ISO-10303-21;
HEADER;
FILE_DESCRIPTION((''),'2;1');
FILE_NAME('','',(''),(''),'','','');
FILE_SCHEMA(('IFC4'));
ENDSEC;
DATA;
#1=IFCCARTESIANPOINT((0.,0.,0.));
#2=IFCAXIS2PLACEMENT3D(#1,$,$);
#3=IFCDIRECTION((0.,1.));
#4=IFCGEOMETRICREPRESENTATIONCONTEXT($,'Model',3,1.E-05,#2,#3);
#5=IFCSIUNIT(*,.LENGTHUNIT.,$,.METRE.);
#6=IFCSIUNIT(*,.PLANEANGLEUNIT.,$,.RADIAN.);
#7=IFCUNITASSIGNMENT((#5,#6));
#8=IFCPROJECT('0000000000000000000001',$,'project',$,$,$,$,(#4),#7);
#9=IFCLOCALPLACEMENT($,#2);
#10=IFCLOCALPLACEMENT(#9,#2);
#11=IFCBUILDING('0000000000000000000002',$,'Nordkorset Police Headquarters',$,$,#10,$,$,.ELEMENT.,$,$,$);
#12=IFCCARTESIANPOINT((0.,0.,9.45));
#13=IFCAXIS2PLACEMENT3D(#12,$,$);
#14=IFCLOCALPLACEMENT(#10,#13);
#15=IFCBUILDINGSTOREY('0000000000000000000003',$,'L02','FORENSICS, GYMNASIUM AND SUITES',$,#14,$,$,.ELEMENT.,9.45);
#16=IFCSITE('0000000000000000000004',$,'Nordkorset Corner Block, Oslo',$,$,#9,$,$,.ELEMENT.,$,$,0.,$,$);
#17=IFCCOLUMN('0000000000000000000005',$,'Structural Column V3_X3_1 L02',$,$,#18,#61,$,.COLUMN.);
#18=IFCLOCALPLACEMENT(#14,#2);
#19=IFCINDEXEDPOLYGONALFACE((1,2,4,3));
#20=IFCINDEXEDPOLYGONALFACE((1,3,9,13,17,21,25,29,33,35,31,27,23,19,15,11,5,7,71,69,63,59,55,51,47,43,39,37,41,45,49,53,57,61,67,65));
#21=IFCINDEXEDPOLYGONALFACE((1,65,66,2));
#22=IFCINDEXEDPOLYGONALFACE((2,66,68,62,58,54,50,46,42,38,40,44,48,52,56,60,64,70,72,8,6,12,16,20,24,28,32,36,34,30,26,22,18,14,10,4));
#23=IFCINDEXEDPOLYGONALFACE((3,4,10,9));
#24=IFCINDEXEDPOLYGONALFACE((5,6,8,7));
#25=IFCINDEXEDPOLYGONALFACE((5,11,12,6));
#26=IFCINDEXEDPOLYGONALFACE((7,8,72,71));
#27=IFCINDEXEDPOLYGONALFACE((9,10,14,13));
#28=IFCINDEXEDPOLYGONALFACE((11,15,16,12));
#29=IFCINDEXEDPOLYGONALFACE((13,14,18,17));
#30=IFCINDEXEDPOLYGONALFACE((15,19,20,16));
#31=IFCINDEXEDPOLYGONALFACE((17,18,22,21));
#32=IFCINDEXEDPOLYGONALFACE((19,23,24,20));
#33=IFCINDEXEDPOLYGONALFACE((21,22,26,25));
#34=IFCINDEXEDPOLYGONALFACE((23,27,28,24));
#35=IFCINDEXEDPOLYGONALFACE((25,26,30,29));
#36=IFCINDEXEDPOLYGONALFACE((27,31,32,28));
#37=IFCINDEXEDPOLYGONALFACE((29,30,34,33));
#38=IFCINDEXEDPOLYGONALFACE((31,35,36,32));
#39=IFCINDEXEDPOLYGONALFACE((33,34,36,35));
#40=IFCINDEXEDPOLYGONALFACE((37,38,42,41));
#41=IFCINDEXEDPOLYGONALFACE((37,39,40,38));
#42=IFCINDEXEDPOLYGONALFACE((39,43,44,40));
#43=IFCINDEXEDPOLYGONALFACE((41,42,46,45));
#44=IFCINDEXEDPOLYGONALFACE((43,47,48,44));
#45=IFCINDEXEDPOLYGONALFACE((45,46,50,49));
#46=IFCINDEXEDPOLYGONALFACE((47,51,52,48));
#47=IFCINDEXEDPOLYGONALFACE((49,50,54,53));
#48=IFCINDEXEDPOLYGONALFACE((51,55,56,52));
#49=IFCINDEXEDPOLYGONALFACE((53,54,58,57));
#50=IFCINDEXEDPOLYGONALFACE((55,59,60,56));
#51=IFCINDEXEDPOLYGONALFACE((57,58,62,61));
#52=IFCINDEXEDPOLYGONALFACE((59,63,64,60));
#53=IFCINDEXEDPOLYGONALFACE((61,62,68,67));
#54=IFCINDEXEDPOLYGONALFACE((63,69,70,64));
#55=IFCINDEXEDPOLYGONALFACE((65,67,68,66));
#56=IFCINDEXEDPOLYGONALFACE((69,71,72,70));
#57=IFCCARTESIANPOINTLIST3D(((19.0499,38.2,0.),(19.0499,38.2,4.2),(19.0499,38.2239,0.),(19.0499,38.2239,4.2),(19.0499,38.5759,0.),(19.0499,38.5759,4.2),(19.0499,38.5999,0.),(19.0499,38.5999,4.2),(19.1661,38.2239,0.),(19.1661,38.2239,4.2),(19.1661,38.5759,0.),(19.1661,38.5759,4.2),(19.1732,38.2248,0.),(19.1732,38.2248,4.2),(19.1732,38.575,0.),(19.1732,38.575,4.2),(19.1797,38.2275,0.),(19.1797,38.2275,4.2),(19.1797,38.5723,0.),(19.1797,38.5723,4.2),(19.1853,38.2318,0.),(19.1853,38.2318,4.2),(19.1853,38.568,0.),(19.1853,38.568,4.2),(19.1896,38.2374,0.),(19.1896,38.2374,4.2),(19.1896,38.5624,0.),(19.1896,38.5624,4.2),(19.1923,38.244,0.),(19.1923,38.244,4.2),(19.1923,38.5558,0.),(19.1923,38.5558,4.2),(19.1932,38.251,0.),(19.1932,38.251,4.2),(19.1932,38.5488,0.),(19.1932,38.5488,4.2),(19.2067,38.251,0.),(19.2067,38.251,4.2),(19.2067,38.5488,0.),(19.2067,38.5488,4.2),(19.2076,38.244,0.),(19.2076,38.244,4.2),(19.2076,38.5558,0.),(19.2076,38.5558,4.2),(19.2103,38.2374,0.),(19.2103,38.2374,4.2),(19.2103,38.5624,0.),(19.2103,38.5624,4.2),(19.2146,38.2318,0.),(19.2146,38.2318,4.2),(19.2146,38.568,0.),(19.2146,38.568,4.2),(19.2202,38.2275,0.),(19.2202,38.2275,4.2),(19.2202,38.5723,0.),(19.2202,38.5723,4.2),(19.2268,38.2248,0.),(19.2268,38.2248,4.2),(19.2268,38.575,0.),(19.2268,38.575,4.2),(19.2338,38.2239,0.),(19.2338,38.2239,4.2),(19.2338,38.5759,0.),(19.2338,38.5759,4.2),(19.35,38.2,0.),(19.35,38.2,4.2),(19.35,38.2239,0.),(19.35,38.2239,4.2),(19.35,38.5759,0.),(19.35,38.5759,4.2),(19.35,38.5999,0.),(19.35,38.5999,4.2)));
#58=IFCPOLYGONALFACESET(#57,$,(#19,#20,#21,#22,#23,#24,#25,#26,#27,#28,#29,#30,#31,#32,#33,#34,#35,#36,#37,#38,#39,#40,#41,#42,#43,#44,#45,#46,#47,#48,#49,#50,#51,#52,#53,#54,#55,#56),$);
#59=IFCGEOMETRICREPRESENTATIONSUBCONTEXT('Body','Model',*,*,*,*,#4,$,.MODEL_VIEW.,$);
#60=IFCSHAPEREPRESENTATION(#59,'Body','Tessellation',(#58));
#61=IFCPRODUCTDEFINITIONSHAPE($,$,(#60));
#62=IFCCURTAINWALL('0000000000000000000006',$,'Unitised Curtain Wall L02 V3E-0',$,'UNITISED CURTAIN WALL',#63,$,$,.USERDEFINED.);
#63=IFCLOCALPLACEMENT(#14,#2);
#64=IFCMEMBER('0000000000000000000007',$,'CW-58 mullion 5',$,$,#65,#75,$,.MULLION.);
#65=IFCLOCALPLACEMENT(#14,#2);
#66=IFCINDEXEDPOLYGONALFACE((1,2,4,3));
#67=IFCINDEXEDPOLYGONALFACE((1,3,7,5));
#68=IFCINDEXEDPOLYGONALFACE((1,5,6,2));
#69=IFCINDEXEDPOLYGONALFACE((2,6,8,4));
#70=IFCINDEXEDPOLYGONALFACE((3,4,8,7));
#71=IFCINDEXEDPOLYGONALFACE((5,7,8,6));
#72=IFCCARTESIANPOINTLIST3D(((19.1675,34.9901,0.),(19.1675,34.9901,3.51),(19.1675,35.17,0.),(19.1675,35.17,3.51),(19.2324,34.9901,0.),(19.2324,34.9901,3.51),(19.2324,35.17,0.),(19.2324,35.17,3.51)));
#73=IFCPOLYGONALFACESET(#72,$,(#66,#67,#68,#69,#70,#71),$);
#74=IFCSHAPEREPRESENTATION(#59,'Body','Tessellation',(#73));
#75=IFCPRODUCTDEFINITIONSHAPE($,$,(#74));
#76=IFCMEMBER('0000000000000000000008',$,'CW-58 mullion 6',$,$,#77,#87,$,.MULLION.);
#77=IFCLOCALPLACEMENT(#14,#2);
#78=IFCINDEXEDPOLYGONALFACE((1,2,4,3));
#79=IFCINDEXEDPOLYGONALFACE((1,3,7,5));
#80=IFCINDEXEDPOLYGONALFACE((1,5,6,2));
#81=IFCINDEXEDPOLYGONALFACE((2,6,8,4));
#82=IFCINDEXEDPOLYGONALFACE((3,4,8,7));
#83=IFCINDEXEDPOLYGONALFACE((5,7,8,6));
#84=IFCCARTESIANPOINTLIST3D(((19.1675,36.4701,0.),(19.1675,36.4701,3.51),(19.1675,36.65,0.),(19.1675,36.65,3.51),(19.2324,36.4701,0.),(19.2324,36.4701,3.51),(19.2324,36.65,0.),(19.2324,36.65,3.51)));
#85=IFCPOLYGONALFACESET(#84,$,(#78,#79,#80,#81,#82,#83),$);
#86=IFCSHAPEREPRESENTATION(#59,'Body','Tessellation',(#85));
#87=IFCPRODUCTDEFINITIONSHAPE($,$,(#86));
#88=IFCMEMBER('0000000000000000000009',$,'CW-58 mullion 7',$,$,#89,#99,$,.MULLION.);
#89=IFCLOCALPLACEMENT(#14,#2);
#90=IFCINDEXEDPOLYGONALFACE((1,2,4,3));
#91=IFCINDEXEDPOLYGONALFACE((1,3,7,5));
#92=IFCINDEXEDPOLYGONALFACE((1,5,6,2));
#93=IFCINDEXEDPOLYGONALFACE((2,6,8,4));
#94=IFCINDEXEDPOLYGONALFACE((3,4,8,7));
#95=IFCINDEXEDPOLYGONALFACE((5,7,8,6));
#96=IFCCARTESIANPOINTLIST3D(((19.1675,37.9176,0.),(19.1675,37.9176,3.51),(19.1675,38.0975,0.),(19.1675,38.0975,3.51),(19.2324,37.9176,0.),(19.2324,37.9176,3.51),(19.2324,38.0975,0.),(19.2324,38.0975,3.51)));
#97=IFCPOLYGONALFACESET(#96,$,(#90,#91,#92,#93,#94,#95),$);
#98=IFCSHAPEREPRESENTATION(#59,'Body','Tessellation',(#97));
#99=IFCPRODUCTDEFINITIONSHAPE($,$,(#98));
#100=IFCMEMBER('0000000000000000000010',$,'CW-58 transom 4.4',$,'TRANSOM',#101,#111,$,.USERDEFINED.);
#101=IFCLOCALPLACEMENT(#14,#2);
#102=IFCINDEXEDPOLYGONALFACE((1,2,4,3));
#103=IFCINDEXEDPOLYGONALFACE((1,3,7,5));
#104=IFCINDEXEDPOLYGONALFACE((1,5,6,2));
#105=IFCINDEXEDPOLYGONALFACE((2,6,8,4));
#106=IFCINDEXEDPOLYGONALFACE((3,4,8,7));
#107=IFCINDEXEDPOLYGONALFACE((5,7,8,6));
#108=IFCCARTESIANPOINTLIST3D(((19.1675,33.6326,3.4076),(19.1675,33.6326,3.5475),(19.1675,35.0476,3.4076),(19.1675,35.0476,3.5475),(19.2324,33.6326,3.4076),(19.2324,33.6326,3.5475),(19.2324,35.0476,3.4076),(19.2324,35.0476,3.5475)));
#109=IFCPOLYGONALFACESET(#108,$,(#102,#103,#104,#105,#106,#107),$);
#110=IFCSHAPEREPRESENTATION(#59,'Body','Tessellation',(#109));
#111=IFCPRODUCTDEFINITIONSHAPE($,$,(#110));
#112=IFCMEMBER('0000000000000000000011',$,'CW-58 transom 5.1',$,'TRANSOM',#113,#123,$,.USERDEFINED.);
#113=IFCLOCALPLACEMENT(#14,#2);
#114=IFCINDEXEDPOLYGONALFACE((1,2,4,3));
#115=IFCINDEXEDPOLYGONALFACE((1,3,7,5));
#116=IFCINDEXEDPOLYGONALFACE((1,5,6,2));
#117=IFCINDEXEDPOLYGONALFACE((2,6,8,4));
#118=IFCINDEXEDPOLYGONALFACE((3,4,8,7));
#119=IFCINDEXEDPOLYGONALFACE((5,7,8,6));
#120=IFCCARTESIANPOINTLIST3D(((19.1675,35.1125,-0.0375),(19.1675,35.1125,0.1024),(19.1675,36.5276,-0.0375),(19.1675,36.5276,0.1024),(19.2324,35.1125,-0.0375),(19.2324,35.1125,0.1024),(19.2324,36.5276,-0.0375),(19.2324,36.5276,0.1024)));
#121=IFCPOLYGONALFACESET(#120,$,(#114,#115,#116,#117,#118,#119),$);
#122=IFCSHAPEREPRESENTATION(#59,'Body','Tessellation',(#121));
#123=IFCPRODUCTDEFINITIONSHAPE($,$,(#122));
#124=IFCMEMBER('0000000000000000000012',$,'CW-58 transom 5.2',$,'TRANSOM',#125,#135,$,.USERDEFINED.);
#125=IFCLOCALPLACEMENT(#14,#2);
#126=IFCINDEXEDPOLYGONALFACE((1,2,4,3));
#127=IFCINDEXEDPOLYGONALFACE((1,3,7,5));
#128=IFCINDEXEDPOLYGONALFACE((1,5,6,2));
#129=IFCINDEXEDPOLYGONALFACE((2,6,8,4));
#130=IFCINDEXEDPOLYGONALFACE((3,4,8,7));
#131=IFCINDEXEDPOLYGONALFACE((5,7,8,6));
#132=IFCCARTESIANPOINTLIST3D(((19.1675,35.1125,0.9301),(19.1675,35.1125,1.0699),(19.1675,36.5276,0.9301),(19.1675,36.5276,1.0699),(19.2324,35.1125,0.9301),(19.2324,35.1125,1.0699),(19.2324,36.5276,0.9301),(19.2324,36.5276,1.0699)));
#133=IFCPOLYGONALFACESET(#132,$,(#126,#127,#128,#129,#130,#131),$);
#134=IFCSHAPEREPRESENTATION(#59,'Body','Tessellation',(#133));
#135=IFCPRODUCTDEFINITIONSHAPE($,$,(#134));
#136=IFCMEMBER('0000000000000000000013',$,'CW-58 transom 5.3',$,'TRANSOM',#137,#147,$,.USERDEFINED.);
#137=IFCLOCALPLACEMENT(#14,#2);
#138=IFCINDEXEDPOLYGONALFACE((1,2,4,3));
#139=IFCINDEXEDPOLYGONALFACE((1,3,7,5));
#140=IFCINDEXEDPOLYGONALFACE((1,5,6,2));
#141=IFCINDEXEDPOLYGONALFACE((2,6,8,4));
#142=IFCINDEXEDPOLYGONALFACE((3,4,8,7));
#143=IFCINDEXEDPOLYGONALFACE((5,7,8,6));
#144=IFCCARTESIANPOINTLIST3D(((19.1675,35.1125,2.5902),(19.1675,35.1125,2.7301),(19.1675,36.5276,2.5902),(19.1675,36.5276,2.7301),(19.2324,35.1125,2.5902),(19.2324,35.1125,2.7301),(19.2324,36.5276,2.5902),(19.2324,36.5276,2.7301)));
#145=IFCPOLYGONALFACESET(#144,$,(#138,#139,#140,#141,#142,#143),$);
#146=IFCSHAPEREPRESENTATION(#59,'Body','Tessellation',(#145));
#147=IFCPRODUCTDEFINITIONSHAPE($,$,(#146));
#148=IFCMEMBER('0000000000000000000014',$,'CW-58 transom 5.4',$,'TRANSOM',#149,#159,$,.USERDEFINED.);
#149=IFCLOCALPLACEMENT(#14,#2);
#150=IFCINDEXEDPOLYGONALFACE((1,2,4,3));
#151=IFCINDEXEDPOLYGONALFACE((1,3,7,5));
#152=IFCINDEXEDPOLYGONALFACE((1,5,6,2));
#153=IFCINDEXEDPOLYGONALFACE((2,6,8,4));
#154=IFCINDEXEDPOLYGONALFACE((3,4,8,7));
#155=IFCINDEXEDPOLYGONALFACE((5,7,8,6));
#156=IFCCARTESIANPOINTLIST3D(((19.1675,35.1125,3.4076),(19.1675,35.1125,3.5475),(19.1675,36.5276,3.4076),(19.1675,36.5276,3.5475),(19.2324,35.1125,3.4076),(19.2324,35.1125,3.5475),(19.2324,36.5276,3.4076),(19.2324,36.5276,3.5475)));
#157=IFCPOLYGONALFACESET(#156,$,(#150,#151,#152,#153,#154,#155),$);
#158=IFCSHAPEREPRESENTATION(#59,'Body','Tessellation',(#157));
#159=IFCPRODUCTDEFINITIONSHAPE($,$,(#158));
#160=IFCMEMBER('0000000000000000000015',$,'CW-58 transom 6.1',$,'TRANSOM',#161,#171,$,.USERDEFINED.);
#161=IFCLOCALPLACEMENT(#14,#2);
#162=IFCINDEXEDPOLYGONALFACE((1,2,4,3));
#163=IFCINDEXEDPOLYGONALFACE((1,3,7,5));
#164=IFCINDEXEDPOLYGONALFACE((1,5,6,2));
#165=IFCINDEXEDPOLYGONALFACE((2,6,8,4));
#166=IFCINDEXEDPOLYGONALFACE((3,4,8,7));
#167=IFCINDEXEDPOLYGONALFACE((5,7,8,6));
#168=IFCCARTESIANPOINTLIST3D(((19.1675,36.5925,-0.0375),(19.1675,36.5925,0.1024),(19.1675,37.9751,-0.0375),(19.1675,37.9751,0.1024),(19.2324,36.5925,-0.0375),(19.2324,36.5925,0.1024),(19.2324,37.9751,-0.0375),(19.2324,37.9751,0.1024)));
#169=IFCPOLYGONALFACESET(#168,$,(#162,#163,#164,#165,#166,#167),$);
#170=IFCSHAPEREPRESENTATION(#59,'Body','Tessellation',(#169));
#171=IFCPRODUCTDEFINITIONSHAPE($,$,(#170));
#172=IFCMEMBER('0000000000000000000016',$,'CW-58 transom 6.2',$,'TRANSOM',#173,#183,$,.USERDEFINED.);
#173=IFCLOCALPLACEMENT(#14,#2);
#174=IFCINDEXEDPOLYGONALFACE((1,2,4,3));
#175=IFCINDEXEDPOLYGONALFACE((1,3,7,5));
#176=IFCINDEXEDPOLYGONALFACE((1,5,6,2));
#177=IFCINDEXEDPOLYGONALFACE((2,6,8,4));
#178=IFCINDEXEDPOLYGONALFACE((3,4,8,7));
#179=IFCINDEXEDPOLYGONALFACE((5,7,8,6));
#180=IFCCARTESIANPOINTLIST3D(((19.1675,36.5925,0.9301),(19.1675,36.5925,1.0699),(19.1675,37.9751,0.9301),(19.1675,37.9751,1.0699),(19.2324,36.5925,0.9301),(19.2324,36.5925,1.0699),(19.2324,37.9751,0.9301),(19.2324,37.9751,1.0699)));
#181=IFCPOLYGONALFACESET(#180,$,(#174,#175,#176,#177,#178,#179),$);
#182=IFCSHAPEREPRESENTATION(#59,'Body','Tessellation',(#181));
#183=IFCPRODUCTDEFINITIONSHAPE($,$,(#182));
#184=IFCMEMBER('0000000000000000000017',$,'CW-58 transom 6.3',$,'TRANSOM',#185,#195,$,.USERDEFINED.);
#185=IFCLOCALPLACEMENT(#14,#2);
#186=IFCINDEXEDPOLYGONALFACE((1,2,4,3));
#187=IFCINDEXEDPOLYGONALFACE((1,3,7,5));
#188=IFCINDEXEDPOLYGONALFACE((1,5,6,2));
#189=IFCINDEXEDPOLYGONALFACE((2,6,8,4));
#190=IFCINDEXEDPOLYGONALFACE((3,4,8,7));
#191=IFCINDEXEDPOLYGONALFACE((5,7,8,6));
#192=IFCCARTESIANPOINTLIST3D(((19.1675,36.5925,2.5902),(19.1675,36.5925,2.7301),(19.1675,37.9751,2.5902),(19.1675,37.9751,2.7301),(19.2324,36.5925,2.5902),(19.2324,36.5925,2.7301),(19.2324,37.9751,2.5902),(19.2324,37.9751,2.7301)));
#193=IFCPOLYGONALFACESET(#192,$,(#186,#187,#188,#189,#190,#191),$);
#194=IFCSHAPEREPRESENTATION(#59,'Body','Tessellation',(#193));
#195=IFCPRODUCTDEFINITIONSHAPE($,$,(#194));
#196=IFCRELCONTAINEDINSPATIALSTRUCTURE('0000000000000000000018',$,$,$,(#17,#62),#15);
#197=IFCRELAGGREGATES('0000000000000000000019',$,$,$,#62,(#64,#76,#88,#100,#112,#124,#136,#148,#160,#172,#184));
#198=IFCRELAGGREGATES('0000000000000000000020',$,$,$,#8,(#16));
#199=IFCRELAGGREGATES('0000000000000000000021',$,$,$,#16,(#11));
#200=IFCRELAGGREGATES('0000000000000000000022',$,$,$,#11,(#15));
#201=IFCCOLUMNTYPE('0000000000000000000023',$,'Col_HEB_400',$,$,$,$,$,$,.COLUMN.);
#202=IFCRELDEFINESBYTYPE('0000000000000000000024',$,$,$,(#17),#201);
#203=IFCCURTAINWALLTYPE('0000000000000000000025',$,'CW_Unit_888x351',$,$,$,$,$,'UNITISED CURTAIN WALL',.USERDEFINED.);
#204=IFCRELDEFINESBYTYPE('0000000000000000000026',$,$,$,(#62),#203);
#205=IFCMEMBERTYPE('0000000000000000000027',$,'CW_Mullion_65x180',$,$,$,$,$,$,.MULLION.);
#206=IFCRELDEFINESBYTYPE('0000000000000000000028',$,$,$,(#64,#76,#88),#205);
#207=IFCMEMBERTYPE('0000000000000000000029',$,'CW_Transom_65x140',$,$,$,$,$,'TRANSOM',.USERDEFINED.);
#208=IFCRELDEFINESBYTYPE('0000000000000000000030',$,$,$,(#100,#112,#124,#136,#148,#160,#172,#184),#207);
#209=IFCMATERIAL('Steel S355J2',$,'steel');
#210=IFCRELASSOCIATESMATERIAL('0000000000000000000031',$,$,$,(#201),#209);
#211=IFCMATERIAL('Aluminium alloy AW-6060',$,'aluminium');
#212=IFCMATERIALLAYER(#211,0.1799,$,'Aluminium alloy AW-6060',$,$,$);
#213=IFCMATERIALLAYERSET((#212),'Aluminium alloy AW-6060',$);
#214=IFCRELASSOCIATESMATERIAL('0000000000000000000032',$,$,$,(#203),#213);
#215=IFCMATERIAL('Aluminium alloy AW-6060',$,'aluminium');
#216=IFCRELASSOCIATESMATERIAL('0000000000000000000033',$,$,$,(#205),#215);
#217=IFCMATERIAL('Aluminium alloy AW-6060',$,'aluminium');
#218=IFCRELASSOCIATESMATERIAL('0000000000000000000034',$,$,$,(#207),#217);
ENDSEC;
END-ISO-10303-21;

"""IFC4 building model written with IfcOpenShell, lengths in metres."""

from ifc_helpers import new_model, si_unit, direction, frame, origin, origin_2d, place, context, subcontext, project, spatial, rectangle, i_section, extrude, material, layer, layer_set, material_profile, profile_set, type_object, element, aggregate, save


model = new_model("IFC4")

# Units and contexts
model_context = context("Model", 3, precision=1e-05, world=origin(), true_north=direction((0.0, 1.0)))
body_context = subcontext(model_context, "Body", "Model", "MODEL_VIEW")
ifc_project = project(units=[si_unit("LENGTHUNIT", "METRE"), si_unit("PLANEANGLEUNIT", "RADIAN")], contexts=[model_context])

# Site, building, storey
site_placement = place(None, origin())
site = spatial("IfcSite", under=ifc_project, at=site_placement, Name="Nordkorset Corner Block, Oslo", CompositionType="ELEMENT", RefElevation=0.0)
building_placement = place(site_placement, origin())
building = spatial("IfcBuilding", under=site, at=building_placement, Name="Nordkorset Police Headquarters", CompositionType="ELEMENT")
storey_placement = place(building_placement, frame((0.0, 0.0, 9.45)))
storey = spatial("IfcBuildingStorey", under=building, at=storey_placement, Name="L02", Description="FORENSICS, GYMNASIUM AND SUITES", CompositionType="ELEMENT", Elevation=9.45)

# Column
ifc_material_1 = material(Name="Steel S355J2", Category="steel")
ifc_material_profile_1 = material_profile(ifc_material_1, i_section(OverallWidth=0.3, OverallDepth=0.3999, WebThickness=0.0134, FlangeThickness=0.0239, FilletRadius=0.0271, at=origin_2d()), Name="HEB 400")
ifc_profile_set_1 = profile_set([ifc_material_profile_1], Name="Steel S355J2")
column_type = type_object("IfcColumnType", Name="Col_HEB_400", PredefinedType="COLUMN", material=ifc_profile_set_1)
column_placement = place(storey_placement, frame((19.2, 38.3999, 0.0), z_axis=(0.0, 0.0, 1.0), x_axis=(1.0, 0.0, 0.0)))
element("IfcColumn", 1, at=column_placement, inside=storey, type_object=column_type, Name="Structural Column V3_X3_1 L02", PredefinedType="COLUMN", context=body_context, shape_type="SweptSolid", body=[
    extrude(i_section(OverallWidth=0.3, OverallDepth=0.3999, WebThickness=0.0134, FlangeThickness=0.0239, FilletRadius=0.0271, at=origin_2d()), origin(), (0.0, 0.0, 1.0), 4.2),
])

# Curtain wall, members
ifc_material_2 = material(Name="Aluminium alloy AW-6060", Category="aluminium")
ifc_layer_1 = layer(ifc_material_2, 0.1799, Name="Aluminium alloy AW-6060")
ifc_layer_set_1 = layer_set([ifc_layer_1], Name="Aluminium alloy AW-6060")
curtain_wall_type = type_object("IfcCurtainWallType", Name="CW_Unit_888x351", ElementType="UNITISED CURTAIN WALL", PredefinedType="USERDEFINED", material=ifc_layer_set_1)
curtain_wall_placement = place(storey_placement, origin())
curtain_wall = element("IfcCurtainWall", 2, at=curtain_wall_placement, inside=storey, type_object=curtain_wall_type, Name="Unitised Curtain Wall L02 V3E-0", ObjectType="UNITISED CURTAIN WALL", PredefinedType="USERDEFINED")
ifc_material_3 = material(Name="Aluminium alloy AW-6060", Category="aluminium")
ifc_material_profile_2 = material_profile(ifc_material_3, rectangle(XDim=0.0649, YDim=0.1799, at=origin_2d()), Name="ALU MULL 65x180")
ifc_profile_set_2 = profile_set([ifc_material_profile_2], Name="Aluminium alloy AW-6060")
member_type_1 = type_object("IfcMemberType", Name="CW_Mullion_65x180", PredefinedType="MULLION", material=ifc_profile_set_2)
member_1_placement = place(storey_placement, frame((19.2, 35.0801, 0.0), z_axis=(0.0, 0.0, 1.0), x_axis=(-1.0, 0.0, 0.0)))
member_1 = element("IfcMember", 3, at=member_1_placement, type_object=member_type_1, Name="CW-58 mullion 5", PredefinedType="MULLION", context=body_context, shape_type="SweptSolid", body=[
    extrude(rectangle(XDim=0.0649, YDim=0.1799, at=origin_2d()), origin(), (0.0, 0.0, 1.0), 3.51),
])
member_2_placement = place(storey_placement, frame((19.2, 36.5601, 0.0), z_axis=(0.0, 0.0, 1.0), x_axis=(-1.0, 0.0, 0.0)))
member_2 = element("IfcMember", 4, at=member_2_placement, type_object=member_type_1, Name="CW-58 mullion 6", PredefinedType="MULLION", context=body_context, shape_type="SweptSolid", body=[
    extrude(rectangle(XDim=0.0649, YDim=0.1799, at=origin_2d()), origin(), (0.0, 0.0, 1.0), 3.51),
])
member_3_placement = place(storey_placement, frame((19.2, 38.0076, 0.0), z_axis=(0.0, 0.0, 1.0), x_axis=(-1.0, 0.0, 0.0)))
member_3 = element("IfcMember", 5, at=member_3_placement, type_object=member_type_1, Name="CW-58 mullion 7", PredefinedType="MULLION", context=body_context, shape_type="SweptSolid", body=[
    extrude(rectangle(XDim=0.0649, YDim=0.1799, at=origin_2d()), origin(), (0.0, 0.0, 1.0), 3.51),
])
ifc_material_4 = material(Name="Aluminium alloy AW-6060", Category="aluminium")
ifc_material_profile_3 = material_profile(ifc_material_4, rectangle(XDim=0.0649, YDim=0.1399, at=origin_2d()), Name="ALU TRAN 65x140")
ifc_profile_set_3 = profile_set([ifc_material_profile_3], Name="Aluminium alloy AW-6060")
member_type_2 = type_object("IfcMemberType", Name="CW_Transom_65x140", ElementType="TRANSOM", PredefinedType="USERDEFINED", material=ifc_profile_set_3)
member_4_placement = place(storey_placement, frame((19.2, 33.6326, 3.4775), z_axis=(0.0, 1.0, 0.0), x_axis=(-1.0, 0.0, 0.0)))
member_4 = element("IfcMember", 6, at=member_4_placement, type_object=member_type_2, Name="CW-58 transom 4.4", ObjectType="TRANSOM", PredefinedType="USERDEFINED", context=body_context, shape_type="SweptSolid", body=[
    extrude(rectangle(XDim=0.0649, YDim=0.1399, at=origin_2d()), origin(), (0.0, 0.0, 1.0), 1.415),
])
member_5_placement = place(storey_placement, frame((19.2, 35.1125, 0.0325), z_axis=(0.0, 1.0, 0.0), x_axis=(-1.0, 0.0, 0.0)))
member_5 = element("IfcMember", 7, at=member_5_placement, type_object=member_type_2, Name="CW-58 transom 5.1", ObjectType="TRANSOM", PredefinedType="USERDEFINED", context=body_context, shape_type="SweptSolid", body=[
    extrude(rectangle(XDim=0.0649, YDim=0.1399, at=origin_2d()), origin(), (0.0, 0.0, 1.0), 1.415),
])
member_6_placement = place(storey_placement, frame((19.2, 35.1125, 1.0), z_axis=(0.0, 1.0, 0.0), x_axis=(-1.0, 0.0, 0.0)))
member_6 = element("IfcMember", 8, at=member_6_placement, type_object=member_type_2, Name="CW-58 transom 5.2", ObjectType="TRANSOM", PredefinedType="USERDEFINED", context=body_context, shape_type="SweptSolid", body=[
    extrude(rectangle(XDim=0.0649, YDim=0.1399, at=origin_2d()), origin(), (0.0, 0.0, 1.0), 1.415),
])
member_7_placement = place(storey_placement, frame((19.2, 35.1125, 2.6602), z_axis=(0.0, 1.0, 0.0), x_axis=(-1.0, 0.0, 0.0)))
member_7 = element("IfcMember", 9, at=member_7_placement, type_object=member_type_2, Name="CW-58 transom 5.3", ObjectType="TRANSOM", PredefinedType="USERDEFINED", context=body_context, shape_type="SweptSolid", body=[
    extrude(rectangle(XDim=0.0649, YDim=0.1399, at=origin_2d()), origin(), (0.0, 0.0, 1.0), 1.415),
])
member_8_placement = place(storey_placement, frame((19.2, 35.1125, 3.4775), z_axis=(0.0, 1.0, 0.0), x_axis=(-1.0, 0.0, 0.0)))
member_8 = element("IfcMember", 10, at=member_8_placement, type_object=member_type_2, Name="CW-58 transom 5.4", ObjectType="TRANSOM", PredefinedType="USERDEFINED", context=body_context, shape_type="SweptSolid", body=[
    extrude(rectangle(XDim=0.0649, YDim=0.1399, at=origin_2d()), origin(), (0.0, 0.0, 1.0), 1.415),
])
member_9_placement = place(storey_placement, frame((19.2, 36.5925, 0.0325), z_axis=(0.0, 1.0, 0.0), x_axis=(-1.0, 0.0, 0.0)))
member_9 = element("IfcMember", 11, at=member_9_placement, type_object=member_type_2, Name="CW-58 transom 6.1", ObjectType="TRANSOM", PredefinedType="USERDEFINED", context=body_context, shape_type="SweptSolid", body=[
    extrude(rectangle(XDim=0.0649, YDim=0.1399, at=origin_2d()), origin(), (0.0, 0.0, 1.0), 1.3826),
])
member_10_placement = place(storey_placement, frame((19.2, 36.5925, 1.0), z_axis=(0.0, 1.0, 0.0), x_axis=(-1.0, 0.0, 0.0)))
member_10 = element("IfcMember", 12, at=member_10_placement, type_object=member_type_2, Name="CW-58 transom 6.2", ObjectType="TRANSOM", PredefinedType="USERDEFINED", context=body_context, shape_type="SweptSolid", body=[
    extrude(rectangle(XDim=0.0649, YDim=0.1399, at=origin_2d()), origin(), (0.0, 0.0, 1.0), 1.3826),
])
member_11_placement = place(storey_placement, frame((19.2, 36.5925, 2.6602), z_axis=(0.0, 1.0, 0.0), x_axis=(-1.0, 0.0, 0.0)))
member_11 = element("IfcMember", 13, at=member_11_placement, type_object=member_type_2, Name="CW-58 transom 6.3", ObjectType="TRANSOM", PredefinedType="USERDEFINED", context=body_context, shape_type="SweptSolid", body=[
    extrude(rectangle(XDim=0.0649, YDim=0.1399, at=origin_2d()), origin(), (0.0, 0.0, 1.0), 1.3826),
])

aggregate(curtain_wall, [member_1, member_2, member_3, member_4, member_5, member_6, member_7, member_8, member_9, member_10, member_11])

save(model, "model.ifc")
